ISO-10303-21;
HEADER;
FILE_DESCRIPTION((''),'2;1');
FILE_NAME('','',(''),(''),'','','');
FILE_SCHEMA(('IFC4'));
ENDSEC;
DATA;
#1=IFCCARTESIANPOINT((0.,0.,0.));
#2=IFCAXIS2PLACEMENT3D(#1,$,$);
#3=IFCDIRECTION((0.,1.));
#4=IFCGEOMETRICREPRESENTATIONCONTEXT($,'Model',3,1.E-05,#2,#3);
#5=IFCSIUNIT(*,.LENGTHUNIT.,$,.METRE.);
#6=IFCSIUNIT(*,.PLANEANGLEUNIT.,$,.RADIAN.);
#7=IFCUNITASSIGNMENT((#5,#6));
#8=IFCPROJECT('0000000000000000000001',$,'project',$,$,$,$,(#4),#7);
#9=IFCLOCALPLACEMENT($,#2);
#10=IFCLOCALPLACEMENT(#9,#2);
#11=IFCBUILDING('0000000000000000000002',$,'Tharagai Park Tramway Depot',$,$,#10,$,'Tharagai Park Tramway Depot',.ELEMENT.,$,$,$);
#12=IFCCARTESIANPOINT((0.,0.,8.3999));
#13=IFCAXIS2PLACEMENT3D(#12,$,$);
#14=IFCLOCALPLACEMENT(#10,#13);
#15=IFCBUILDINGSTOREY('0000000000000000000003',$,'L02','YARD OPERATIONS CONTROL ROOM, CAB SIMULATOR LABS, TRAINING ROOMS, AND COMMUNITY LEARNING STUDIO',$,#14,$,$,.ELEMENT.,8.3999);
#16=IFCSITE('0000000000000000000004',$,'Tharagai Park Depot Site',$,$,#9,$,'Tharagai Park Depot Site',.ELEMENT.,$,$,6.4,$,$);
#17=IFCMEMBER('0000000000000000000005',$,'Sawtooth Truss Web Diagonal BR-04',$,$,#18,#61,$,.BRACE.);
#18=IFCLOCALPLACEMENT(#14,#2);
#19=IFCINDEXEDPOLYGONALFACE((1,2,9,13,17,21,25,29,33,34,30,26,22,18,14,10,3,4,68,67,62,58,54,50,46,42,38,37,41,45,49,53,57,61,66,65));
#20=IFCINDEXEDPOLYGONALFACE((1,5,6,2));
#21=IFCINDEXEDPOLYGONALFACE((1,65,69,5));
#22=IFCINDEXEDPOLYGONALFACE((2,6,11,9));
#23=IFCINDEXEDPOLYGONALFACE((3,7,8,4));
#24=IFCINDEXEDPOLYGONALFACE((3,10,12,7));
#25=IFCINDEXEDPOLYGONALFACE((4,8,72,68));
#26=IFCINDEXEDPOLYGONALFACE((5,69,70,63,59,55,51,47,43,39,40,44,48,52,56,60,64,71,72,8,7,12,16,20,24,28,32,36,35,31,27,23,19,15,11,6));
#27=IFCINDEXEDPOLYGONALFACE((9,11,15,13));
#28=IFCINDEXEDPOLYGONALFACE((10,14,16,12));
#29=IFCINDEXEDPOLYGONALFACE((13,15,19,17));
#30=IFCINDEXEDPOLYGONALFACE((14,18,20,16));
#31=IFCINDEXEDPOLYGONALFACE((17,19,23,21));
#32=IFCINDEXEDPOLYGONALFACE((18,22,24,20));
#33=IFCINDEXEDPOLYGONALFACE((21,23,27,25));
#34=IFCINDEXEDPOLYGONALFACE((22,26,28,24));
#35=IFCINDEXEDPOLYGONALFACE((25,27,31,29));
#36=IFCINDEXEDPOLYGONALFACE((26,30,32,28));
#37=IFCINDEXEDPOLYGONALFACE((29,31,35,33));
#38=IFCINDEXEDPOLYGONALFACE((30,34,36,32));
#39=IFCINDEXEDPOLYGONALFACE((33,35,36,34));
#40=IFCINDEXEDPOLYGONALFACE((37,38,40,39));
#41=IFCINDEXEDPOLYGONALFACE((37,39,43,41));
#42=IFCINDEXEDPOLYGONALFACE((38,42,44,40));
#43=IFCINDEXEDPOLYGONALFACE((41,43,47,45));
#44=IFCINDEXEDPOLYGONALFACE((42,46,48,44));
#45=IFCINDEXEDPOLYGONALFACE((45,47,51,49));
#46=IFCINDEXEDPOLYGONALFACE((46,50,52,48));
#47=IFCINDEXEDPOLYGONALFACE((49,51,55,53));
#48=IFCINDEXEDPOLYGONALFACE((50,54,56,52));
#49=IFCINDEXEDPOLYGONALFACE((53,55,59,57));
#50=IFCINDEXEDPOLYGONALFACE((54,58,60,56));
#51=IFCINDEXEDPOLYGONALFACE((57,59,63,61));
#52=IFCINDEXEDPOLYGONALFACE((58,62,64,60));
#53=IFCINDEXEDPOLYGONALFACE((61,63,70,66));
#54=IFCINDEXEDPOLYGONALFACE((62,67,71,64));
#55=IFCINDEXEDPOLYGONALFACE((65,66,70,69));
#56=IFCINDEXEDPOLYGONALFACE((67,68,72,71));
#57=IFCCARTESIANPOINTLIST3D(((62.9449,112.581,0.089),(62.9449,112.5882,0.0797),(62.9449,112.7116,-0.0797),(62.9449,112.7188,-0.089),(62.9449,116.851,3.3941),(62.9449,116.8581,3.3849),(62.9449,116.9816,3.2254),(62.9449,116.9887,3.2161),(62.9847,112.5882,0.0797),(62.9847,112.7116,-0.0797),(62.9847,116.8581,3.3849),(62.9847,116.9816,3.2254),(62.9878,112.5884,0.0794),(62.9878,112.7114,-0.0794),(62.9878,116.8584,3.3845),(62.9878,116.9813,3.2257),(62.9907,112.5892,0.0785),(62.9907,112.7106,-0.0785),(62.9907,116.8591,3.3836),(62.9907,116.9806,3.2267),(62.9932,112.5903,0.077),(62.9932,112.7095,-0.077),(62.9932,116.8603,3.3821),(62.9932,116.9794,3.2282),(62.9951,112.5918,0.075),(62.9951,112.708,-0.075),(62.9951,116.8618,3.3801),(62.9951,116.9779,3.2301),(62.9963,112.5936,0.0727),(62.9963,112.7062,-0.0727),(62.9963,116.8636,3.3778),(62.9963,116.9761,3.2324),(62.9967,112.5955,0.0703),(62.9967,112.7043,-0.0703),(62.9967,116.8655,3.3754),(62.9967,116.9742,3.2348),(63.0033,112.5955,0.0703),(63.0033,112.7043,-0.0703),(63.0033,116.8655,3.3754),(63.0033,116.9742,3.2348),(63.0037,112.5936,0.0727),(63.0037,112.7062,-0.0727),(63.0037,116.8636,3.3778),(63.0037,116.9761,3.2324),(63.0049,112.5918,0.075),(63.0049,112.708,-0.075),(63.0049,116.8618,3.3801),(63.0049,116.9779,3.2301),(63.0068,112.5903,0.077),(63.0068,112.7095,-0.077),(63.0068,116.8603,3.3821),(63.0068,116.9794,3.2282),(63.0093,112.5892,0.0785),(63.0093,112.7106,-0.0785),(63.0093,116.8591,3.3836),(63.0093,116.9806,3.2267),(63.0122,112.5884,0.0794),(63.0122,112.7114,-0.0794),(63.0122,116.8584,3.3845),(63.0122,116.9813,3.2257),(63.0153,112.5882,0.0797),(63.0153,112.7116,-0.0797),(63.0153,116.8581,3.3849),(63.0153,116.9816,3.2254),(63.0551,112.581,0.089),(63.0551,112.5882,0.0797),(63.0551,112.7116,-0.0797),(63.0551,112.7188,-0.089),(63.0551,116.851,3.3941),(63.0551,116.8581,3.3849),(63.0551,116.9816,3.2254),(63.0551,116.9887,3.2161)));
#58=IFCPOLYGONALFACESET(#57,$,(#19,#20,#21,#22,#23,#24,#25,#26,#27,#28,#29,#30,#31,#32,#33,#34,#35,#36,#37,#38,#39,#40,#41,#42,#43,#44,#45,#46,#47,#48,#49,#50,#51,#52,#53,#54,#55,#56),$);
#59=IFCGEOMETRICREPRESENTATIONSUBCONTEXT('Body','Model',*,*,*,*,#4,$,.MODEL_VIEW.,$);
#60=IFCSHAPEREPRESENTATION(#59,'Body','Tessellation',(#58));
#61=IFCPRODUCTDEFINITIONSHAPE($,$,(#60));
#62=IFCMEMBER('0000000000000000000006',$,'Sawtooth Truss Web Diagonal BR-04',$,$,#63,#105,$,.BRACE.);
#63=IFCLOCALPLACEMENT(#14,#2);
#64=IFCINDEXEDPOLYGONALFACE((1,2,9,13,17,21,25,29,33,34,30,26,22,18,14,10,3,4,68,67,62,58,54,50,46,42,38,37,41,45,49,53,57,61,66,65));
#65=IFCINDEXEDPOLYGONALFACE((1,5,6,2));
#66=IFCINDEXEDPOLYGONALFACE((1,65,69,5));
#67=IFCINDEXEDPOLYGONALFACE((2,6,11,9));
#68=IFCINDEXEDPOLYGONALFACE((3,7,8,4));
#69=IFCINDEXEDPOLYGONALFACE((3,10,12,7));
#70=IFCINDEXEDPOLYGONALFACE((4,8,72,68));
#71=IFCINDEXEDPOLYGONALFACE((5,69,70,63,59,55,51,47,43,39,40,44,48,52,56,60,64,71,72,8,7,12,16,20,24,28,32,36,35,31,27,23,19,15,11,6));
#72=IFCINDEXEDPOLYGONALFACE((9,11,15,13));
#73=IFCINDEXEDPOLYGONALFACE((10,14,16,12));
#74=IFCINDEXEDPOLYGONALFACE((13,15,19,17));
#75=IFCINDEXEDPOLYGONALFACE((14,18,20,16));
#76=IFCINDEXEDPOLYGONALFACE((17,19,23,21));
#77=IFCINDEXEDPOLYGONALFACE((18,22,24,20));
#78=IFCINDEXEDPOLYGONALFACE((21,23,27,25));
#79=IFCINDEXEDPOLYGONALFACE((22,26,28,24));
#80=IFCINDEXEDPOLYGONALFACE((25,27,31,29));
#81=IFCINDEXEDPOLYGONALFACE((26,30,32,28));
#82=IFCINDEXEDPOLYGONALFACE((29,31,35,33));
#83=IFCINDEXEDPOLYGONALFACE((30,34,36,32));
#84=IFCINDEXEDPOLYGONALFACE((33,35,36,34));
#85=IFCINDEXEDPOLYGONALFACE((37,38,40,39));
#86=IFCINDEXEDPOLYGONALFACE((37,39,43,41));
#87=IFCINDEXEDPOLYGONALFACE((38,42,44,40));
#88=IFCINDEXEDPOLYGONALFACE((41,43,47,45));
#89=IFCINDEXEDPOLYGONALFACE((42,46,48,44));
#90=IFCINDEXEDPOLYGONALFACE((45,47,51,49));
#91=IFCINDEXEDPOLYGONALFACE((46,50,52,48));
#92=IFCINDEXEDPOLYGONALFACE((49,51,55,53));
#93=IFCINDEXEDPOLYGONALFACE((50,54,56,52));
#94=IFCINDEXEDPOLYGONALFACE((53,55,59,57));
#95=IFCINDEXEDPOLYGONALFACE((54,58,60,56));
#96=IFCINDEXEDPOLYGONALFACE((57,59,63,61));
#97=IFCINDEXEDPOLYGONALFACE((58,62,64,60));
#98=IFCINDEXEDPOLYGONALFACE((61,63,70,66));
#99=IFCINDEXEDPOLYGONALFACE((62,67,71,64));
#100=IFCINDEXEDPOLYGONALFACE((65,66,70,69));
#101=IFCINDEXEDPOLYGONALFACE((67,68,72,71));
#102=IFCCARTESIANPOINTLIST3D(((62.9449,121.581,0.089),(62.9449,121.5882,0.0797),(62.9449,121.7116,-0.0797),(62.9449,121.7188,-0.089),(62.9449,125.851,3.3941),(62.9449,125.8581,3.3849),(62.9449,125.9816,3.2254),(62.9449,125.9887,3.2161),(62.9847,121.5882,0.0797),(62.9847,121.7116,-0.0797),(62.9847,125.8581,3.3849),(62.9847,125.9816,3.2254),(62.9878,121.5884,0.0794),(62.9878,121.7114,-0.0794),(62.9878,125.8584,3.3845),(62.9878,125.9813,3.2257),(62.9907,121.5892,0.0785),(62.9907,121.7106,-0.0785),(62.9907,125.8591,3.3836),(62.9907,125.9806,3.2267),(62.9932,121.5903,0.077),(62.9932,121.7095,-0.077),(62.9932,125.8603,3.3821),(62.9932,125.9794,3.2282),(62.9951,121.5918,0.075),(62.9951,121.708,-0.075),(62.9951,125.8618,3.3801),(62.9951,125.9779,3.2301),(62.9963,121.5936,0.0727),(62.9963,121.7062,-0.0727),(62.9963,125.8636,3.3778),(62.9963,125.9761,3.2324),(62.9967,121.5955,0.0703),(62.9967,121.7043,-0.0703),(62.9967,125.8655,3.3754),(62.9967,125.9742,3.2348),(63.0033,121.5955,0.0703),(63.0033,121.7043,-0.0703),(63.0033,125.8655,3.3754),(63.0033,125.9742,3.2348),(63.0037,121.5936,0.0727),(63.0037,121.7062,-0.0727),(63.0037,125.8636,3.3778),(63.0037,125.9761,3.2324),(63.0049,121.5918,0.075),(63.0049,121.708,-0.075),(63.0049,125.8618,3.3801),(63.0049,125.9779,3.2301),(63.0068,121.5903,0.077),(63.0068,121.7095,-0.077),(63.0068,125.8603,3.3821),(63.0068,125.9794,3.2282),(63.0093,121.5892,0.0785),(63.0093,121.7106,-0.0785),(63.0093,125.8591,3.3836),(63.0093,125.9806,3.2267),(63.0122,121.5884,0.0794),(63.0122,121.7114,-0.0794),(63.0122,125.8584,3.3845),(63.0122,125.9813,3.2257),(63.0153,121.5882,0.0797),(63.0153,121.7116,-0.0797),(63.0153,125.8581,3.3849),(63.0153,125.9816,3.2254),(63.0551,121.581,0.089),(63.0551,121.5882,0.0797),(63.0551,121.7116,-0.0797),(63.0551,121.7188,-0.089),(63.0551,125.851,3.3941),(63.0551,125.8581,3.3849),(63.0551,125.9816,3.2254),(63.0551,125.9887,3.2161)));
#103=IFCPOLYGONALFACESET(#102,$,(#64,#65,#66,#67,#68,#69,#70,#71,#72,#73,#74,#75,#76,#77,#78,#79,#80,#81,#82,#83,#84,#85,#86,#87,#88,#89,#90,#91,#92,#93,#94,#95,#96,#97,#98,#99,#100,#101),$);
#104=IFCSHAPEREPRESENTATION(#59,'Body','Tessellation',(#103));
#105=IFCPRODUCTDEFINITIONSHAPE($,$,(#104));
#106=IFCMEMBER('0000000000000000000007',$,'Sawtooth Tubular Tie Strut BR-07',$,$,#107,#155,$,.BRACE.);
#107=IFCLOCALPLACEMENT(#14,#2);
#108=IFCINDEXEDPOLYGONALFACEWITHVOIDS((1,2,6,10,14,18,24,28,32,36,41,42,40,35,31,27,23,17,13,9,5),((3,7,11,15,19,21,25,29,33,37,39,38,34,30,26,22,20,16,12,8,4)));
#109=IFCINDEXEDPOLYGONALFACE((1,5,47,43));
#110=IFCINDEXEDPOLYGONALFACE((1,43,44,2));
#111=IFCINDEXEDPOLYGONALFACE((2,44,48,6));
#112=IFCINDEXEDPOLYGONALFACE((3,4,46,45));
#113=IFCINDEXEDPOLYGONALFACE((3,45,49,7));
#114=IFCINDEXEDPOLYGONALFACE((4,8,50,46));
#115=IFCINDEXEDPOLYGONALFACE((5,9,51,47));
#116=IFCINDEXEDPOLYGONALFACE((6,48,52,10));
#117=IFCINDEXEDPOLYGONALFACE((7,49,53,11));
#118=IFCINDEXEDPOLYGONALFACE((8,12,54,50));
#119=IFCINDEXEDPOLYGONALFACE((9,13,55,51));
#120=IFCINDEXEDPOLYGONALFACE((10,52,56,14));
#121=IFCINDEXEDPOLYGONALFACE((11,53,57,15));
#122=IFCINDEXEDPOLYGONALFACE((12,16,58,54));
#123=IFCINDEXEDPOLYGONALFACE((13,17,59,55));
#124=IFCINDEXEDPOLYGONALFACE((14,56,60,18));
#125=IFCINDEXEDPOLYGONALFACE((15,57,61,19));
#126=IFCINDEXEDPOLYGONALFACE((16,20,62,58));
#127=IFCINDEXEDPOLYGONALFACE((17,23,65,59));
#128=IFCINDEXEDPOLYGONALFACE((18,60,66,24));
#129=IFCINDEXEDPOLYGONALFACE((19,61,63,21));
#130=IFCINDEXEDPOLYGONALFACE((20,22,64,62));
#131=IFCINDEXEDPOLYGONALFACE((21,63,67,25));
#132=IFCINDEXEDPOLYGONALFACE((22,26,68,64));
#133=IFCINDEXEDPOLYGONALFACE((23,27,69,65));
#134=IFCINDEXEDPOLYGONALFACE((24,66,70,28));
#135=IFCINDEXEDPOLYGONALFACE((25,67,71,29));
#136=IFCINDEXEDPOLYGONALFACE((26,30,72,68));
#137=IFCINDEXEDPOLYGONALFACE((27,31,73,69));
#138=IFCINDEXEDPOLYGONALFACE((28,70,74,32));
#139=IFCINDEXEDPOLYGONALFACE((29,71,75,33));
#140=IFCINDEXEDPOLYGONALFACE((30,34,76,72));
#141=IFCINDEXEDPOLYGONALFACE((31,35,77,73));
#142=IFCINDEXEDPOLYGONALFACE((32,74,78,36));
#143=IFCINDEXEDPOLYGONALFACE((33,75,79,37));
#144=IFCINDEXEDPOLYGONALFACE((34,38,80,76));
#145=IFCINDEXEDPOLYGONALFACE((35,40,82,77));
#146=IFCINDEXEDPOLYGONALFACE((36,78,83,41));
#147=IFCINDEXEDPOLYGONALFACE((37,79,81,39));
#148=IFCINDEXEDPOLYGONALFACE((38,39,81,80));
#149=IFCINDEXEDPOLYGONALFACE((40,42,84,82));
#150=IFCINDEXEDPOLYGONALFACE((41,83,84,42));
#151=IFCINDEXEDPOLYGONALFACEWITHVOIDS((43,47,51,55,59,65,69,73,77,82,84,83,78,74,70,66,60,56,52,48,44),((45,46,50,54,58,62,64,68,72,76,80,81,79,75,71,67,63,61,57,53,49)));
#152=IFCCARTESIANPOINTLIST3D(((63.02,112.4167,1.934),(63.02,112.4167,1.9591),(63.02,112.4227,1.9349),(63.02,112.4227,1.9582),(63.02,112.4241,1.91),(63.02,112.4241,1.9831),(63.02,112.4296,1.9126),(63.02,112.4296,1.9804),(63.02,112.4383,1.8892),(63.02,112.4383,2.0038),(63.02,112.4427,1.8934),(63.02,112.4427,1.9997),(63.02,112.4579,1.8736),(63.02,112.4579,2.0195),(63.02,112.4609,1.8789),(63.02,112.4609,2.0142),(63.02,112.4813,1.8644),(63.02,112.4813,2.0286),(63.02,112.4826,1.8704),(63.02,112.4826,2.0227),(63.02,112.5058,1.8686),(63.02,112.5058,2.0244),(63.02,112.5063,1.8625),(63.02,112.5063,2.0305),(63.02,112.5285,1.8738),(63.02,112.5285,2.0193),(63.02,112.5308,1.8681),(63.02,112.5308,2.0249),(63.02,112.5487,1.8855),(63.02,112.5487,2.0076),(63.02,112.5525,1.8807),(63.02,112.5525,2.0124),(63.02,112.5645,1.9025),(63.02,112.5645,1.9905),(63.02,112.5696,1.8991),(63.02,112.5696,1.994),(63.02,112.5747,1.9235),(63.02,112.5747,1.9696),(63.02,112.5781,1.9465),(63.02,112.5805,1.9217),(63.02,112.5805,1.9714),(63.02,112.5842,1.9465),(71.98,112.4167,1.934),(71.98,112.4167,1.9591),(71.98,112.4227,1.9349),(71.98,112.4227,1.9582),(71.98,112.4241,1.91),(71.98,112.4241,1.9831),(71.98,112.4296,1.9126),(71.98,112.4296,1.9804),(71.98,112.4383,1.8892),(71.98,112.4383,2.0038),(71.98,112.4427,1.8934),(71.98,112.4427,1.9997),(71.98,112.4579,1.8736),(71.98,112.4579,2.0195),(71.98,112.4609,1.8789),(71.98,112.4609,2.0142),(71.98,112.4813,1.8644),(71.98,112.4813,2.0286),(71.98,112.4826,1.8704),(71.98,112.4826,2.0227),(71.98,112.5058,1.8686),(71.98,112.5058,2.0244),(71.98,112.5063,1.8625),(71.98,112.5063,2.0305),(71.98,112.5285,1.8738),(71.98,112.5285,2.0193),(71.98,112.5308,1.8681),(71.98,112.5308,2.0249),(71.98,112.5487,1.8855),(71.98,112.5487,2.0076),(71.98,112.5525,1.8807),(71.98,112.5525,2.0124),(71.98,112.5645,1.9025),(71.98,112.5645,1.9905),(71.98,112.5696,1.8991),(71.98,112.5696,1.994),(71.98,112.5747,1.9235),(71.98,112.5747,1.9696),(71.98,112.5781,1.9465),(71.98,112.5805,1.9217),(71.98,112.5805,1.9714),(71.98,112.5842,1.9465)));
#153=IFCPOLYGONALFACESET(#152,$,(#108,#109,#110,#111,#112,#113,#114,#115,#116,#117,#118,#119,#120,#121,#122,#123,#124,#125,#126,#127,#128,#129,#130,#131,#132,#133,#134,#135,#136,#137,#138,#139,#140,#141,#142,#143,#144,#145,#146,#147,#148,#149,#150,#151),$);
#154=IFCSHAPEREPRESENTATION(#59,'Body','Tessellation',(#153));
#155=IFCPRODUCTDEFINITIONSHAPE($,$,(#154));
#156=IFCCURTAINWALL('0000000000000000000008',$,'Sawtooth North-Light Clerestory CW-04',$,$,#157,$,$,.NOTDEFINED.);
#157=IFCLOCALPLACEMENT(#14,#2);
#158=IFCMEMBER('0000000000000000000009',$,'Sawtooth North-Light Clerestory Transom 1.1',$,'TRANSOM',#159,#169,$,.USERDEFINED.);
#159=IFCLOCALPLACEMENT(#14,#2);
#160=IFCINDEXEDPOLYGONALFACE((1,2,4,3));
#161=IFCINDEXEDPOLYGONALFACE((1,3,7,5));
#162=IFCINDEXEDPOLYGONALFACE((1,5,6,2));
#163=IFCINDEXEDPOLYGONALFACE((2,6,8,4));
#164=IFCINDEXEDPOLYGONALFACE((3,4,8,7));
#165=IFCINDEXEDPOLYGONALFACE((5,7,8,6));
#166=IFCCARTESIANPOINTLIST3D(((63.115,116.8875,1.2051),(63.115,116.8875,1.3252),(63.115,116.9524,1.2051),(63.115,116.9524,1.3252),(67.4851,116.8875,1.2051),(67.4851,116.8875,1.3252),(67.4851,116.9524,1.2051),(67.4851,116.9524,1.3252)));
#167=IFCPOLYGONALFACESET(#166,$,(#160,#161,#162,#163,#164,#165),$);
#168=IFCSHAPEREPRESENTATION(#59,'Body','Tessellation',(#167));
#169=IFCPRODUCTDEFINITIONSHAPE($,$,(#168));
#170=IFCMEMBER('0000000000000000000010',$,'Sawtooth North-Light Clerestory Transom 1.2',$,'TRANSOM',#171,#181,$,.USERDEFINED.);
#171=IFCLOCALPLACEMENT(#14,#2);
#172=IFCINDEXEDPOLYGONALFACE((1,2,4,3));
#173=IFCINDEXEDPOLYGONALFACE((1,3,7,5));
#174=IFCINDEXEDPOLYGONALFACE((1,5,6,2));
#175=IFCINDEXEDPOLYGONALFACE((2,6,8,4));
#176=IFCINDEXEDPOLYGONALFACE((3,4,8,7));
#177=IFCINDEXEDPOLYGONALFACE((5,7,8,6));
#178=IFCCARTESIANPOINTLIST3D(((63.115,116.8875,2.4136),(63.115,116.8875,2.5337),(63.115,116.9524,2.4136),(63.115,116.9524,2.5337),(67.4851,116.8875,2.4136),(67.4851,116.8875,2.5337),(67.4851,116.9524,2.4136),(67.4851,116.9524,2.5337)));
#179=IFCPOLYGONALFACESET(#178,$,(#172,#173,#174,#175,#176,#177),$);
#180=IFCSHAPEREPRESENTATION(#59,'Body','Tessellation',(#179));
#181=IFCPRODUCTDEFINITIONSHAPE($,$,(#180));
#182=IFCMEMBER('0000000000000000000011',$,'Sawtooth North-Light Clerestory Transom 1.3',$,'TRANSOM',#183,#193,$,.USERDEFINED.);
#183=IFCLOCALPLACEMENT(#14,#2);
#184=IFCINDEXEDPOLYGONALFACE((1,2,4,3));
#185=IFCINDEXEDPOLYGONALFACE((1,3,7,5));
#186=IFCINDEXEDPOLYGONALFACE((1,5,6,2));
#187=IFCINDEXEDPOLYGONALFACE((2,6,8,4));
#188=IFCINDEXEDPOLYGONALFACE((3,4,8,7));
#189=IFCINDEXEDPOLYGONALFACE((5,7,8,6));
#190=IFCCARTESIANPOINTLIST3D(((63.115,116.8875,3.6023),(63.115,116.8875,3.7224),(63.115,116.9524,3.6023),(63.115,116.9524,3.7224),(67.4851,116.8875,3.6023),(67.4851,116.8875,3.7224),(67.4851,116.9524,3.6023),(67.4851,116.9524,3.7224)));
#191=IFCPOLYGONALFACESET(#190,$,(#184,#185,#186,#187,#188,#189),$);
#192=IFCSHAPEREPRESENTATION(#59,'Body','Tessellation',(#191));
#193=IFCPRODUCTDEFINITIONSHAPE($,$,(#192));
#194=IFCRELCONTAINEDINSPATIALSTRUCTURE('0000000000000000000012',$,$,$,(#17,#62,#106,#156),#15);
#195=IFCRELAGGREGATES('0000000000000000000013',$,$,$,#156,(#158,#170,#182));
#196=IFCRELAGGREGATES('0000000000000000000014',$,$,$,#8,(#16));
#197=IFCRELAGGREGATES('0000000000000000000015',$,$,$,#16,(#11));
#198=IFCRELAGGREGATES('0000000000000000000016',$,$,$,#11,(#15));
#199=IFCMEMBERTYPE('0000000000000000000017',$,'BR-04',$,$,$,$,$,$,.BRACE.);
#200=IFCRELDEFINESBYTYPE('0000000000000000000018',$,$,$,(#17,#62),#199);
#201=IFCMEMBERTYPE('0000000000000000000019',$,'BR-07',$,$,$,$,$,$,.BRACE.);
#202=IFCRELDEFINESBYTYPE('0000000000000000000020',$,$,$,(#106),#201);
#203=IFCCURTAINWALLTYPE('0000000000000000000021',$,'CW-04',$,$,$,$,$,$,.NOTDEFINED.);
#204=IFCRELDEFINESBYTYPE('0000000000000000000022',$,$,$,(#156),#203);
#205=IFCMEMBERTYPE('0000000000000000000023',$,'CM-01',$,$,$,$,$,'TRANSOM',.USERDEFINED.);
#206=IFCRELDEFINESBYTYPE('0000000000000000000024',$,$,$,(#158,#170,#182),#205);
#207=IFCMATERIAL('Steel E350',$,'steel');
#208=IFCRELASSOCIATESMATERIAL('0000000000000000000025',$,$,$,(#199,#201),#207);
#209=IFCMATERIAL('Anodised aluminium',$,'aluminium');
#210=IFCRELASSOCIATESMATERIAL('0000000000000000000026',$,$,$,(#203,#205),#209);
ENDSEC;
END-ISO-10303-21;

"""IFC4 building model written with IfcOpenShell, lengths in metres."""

from ifc_helpers import new_model, si_unit, direction, frame, origin, origin_2d, place, context, subcontext, project, spatial, rectangle, hollow_circle, i_section, extrude, material, material_profile, profile_set, type_object, element, aggregate, save


model = new_model("IFC4")

# Units and contexts
model_context = context("Model", 3, precision=1e-05, world=origin(), true_north=direction((0.0, 1.0)))
body_context = subcontext(model_context, "Body", "Model", "MODEL_VIEW")
ifc_project = project(units=[si_unit("LENGTHUNIT", "METRE"), si_unit("PLANEANGLEUNIT", "RADIAN")], contexts=[model_context])

# Site, building, storey
site_placement = place(None, origin())
site = spatial("IfcSite", under=ifc_project, at=site_placement, Name="Tharagai Park Depot Site", LongName="Tharagai Park Depot Site", CompositionType="ELEMENT", RefElevation=6.4)
building_placement = place(site_placement, origin())
building = spatial("IfcBuilding", under=site, at=building_placement, Name="Tharagai Park Tramway Depot", LongName="Tharagai Park Tramway Depot", CompositionType="ELEMENT")
storey_placement = place(building_placement, frame((0.0, 0.0, 8.3999)))
storey = spatial("IfcBuildingStorey", under=building, at=storey_placement, Name="L02", Description="YARD OPERATIONS CONTROL ROOM, CAB SIMULATOR LABS, TRAINING ROOMS, AND COMMUNITY LEARNING STUDIO", CompositionType="ELEMENT", Elevation=8.3999)

# Shared definitions
ifc_material_1 = material(Name="Steel E350", Category="steel")

# Members
ifc_material_profile_1 = material_profile(ifc_material_1, i_section(OverallWidth=0.1101, OverallDepth=0.2251, WebThickness=0.0066, FlangeThickness=0.0117, FilletRadius=0.012, at=origin_2d()), Name="ISMB 225")
ifc_profile_set_1 = profile_set([ifc_material_profile_1], Name="Steel E350")
member_type_1 = type_object("IfcMemberType", Name="BR-04", PredefinedType="BRACE", material=ifc_profile_set_1)
for number, where, z_axis, x_axis, name in (
    (1, (63.0, 112.6499, 0.0), (0.0, 0.790782, 0.612098), (-1.0, 0.0, 0.0), "Sawtooth Truss Web Diagonal BR-04"),
    (2, (63.0, 121.6499, 0.0), (0.0, 0.790782, 0.612098), (-1.0, 0.0, 0.0), "Sawtooth Truss Web Diagonal BR-04"),
):
    element("IfcMember", number, at=place(storey_placement, frame(where, z_axis=z_axis, x_axis=x_axis)), inside=storey, type_object=member_type_1, Name=name, PredefinedType="BRACE", context=body_context, shape_type="SweptSolid", body=[
        extrude(i_section(OverallWidth=0.1101, OverallDepth=0.2251, WebThickness=0.0066, FlangeThickness=0.0117, FilletRadius=0.012, at=origin_2d()), origin(), (0.0, 0.0, 1.0), 5.3997),
    ])
ifc_material_profile_2 = material_profile(ifc_material_1, hollow_circle(Radius=0.0842, WallThickness=0.0061, at=origin_2d()), Name="CHS 168.3x6")
ifc_profile_set_2 = profile_set([ifc_material_profile_2], Name="Steel E350")
member_type_2 = type_object("IfcMemberType", Name="BR-07", PredefinedType="BRACE", material=ifc_profile_set_2)
member_1_placement = place(storey_placement, frame((63.02, 112.5, 1.9465), z_axis=(1.0, 0.0, 0.0), x_axis=(0.0, 1.0, 0.0)))
element("IfcMember", 3, at=member_1_placement, inside=storey, type_object=member_type_2, Name="Sawtooth Tubular Tie Strut BR-07", PredefinedType="BRACE", context=body_context, shape_type="SweptSolid", body=[
    extrude(hollow_circle(Radius=0.0842, WallThickness=0.0061, at=origin_2d()), origin(), (0.0, 0.0, 1.0), 8.96),
])

# Curtain wall, members
ifc_material_2 = material(Name="Anodised aluminium", Category="aluminium")
curtain_wall_type = type_object("IfcCurtainWallType", Name="CW-04", PredefinedType="NOTDEFINED", material=ifc_material_2)
curtain_wall_placement = place(storey_placement, origin())
curtain_wall = element("IfcCurtainWall", 4, at=curtain_wall_placement, inside=storey, type_object=curtain_wall_type, Name="Sawtooth North-Light Clerestory CW-04", PredefinedType="NOTDEFINED")
ifc_material_profile_3 = material_profile(ifc_material_2, rectangle(XDim=0.0649, YDim=0.1201, at=origin_2d()), Name="ALU 65x120")
ifc_profile_set_3 = profile_set([ifc_material_profile_3], Name="Anodised aluminium")
member_type_3 = type_object("IfcMemberType", Name="CM-01", ElementType="TRANSOM", PredefinedType="USERDEFINED", material=ifc_profile_set_3)
member_2_placement = place(storey_placement, frame((63.115, 116.9199, 1.2651), z_axis=(1.0, 0.0, 0.0), x_axis=(0.0, 1.0, 0.0)))
member_2 = element("IfcMember", 5, at=member_2_placement, type_object=member_type_3, Name="Sawtooth North-Light Clerestory Transom 1.1", ObjectType="TRANSOM", PredefinedType="USERDEFINED", context=body_context, shape_type="SweptSolid", body=[
    extrude(rectangle(XDim=0.0649, YDim=0.1201, at=origin_2d()), origin(), (0.0, 0.0, 1.0), 4.3701),
])
member_3_placement = place(storey_placement, frame((63.115, 116.9199, 2.4736), z_axis=(1.0, 0.0, 0.0), x_axis=(0.0, 1.0, 0.0)))
member_3 = element("IfcMember", 6, at=member_3_placement, type_object=member_type_3, Name="Sawtooth North-Light Clerestory Transom 1.2", ObjectType="TRANSOM", PredefinedType="USERDEFINED", context=body_context, shape_type="SweptSolid", body=[
    extrude(rectangle(XDim=0.0649, YDim=0.1201, at=origin_2d()), origin(), (0.0, 0.0, 1.0), 4.3701),
])
member_4_placement = place(storey_placement, frame((63.115, 116.9199, 3.6624), z_axis=(1.0, 0.0, 0.0), x_axis=(0.0, 1.0, 0.0)))
member_4 = element("IfcMember", 7, at=member_4_placement, type_object=member_type_3, Name="Sawtooth North-Light Clerestory Transom 1.3", ObjectType="TRANSOM", PredefinedType="USERDEFINED", context=body_context, shape_type="SweptSolid", body=[
    extrude(rectangle(XDim=0.0649, YDim=0.1201, at=origin_2d()), origin(), (0.0, 0.0, 1.0), 4.3701),
])

aggregate(curtain_wall, [member_2, member_3, member_4])

save(model, "model.ifc")
